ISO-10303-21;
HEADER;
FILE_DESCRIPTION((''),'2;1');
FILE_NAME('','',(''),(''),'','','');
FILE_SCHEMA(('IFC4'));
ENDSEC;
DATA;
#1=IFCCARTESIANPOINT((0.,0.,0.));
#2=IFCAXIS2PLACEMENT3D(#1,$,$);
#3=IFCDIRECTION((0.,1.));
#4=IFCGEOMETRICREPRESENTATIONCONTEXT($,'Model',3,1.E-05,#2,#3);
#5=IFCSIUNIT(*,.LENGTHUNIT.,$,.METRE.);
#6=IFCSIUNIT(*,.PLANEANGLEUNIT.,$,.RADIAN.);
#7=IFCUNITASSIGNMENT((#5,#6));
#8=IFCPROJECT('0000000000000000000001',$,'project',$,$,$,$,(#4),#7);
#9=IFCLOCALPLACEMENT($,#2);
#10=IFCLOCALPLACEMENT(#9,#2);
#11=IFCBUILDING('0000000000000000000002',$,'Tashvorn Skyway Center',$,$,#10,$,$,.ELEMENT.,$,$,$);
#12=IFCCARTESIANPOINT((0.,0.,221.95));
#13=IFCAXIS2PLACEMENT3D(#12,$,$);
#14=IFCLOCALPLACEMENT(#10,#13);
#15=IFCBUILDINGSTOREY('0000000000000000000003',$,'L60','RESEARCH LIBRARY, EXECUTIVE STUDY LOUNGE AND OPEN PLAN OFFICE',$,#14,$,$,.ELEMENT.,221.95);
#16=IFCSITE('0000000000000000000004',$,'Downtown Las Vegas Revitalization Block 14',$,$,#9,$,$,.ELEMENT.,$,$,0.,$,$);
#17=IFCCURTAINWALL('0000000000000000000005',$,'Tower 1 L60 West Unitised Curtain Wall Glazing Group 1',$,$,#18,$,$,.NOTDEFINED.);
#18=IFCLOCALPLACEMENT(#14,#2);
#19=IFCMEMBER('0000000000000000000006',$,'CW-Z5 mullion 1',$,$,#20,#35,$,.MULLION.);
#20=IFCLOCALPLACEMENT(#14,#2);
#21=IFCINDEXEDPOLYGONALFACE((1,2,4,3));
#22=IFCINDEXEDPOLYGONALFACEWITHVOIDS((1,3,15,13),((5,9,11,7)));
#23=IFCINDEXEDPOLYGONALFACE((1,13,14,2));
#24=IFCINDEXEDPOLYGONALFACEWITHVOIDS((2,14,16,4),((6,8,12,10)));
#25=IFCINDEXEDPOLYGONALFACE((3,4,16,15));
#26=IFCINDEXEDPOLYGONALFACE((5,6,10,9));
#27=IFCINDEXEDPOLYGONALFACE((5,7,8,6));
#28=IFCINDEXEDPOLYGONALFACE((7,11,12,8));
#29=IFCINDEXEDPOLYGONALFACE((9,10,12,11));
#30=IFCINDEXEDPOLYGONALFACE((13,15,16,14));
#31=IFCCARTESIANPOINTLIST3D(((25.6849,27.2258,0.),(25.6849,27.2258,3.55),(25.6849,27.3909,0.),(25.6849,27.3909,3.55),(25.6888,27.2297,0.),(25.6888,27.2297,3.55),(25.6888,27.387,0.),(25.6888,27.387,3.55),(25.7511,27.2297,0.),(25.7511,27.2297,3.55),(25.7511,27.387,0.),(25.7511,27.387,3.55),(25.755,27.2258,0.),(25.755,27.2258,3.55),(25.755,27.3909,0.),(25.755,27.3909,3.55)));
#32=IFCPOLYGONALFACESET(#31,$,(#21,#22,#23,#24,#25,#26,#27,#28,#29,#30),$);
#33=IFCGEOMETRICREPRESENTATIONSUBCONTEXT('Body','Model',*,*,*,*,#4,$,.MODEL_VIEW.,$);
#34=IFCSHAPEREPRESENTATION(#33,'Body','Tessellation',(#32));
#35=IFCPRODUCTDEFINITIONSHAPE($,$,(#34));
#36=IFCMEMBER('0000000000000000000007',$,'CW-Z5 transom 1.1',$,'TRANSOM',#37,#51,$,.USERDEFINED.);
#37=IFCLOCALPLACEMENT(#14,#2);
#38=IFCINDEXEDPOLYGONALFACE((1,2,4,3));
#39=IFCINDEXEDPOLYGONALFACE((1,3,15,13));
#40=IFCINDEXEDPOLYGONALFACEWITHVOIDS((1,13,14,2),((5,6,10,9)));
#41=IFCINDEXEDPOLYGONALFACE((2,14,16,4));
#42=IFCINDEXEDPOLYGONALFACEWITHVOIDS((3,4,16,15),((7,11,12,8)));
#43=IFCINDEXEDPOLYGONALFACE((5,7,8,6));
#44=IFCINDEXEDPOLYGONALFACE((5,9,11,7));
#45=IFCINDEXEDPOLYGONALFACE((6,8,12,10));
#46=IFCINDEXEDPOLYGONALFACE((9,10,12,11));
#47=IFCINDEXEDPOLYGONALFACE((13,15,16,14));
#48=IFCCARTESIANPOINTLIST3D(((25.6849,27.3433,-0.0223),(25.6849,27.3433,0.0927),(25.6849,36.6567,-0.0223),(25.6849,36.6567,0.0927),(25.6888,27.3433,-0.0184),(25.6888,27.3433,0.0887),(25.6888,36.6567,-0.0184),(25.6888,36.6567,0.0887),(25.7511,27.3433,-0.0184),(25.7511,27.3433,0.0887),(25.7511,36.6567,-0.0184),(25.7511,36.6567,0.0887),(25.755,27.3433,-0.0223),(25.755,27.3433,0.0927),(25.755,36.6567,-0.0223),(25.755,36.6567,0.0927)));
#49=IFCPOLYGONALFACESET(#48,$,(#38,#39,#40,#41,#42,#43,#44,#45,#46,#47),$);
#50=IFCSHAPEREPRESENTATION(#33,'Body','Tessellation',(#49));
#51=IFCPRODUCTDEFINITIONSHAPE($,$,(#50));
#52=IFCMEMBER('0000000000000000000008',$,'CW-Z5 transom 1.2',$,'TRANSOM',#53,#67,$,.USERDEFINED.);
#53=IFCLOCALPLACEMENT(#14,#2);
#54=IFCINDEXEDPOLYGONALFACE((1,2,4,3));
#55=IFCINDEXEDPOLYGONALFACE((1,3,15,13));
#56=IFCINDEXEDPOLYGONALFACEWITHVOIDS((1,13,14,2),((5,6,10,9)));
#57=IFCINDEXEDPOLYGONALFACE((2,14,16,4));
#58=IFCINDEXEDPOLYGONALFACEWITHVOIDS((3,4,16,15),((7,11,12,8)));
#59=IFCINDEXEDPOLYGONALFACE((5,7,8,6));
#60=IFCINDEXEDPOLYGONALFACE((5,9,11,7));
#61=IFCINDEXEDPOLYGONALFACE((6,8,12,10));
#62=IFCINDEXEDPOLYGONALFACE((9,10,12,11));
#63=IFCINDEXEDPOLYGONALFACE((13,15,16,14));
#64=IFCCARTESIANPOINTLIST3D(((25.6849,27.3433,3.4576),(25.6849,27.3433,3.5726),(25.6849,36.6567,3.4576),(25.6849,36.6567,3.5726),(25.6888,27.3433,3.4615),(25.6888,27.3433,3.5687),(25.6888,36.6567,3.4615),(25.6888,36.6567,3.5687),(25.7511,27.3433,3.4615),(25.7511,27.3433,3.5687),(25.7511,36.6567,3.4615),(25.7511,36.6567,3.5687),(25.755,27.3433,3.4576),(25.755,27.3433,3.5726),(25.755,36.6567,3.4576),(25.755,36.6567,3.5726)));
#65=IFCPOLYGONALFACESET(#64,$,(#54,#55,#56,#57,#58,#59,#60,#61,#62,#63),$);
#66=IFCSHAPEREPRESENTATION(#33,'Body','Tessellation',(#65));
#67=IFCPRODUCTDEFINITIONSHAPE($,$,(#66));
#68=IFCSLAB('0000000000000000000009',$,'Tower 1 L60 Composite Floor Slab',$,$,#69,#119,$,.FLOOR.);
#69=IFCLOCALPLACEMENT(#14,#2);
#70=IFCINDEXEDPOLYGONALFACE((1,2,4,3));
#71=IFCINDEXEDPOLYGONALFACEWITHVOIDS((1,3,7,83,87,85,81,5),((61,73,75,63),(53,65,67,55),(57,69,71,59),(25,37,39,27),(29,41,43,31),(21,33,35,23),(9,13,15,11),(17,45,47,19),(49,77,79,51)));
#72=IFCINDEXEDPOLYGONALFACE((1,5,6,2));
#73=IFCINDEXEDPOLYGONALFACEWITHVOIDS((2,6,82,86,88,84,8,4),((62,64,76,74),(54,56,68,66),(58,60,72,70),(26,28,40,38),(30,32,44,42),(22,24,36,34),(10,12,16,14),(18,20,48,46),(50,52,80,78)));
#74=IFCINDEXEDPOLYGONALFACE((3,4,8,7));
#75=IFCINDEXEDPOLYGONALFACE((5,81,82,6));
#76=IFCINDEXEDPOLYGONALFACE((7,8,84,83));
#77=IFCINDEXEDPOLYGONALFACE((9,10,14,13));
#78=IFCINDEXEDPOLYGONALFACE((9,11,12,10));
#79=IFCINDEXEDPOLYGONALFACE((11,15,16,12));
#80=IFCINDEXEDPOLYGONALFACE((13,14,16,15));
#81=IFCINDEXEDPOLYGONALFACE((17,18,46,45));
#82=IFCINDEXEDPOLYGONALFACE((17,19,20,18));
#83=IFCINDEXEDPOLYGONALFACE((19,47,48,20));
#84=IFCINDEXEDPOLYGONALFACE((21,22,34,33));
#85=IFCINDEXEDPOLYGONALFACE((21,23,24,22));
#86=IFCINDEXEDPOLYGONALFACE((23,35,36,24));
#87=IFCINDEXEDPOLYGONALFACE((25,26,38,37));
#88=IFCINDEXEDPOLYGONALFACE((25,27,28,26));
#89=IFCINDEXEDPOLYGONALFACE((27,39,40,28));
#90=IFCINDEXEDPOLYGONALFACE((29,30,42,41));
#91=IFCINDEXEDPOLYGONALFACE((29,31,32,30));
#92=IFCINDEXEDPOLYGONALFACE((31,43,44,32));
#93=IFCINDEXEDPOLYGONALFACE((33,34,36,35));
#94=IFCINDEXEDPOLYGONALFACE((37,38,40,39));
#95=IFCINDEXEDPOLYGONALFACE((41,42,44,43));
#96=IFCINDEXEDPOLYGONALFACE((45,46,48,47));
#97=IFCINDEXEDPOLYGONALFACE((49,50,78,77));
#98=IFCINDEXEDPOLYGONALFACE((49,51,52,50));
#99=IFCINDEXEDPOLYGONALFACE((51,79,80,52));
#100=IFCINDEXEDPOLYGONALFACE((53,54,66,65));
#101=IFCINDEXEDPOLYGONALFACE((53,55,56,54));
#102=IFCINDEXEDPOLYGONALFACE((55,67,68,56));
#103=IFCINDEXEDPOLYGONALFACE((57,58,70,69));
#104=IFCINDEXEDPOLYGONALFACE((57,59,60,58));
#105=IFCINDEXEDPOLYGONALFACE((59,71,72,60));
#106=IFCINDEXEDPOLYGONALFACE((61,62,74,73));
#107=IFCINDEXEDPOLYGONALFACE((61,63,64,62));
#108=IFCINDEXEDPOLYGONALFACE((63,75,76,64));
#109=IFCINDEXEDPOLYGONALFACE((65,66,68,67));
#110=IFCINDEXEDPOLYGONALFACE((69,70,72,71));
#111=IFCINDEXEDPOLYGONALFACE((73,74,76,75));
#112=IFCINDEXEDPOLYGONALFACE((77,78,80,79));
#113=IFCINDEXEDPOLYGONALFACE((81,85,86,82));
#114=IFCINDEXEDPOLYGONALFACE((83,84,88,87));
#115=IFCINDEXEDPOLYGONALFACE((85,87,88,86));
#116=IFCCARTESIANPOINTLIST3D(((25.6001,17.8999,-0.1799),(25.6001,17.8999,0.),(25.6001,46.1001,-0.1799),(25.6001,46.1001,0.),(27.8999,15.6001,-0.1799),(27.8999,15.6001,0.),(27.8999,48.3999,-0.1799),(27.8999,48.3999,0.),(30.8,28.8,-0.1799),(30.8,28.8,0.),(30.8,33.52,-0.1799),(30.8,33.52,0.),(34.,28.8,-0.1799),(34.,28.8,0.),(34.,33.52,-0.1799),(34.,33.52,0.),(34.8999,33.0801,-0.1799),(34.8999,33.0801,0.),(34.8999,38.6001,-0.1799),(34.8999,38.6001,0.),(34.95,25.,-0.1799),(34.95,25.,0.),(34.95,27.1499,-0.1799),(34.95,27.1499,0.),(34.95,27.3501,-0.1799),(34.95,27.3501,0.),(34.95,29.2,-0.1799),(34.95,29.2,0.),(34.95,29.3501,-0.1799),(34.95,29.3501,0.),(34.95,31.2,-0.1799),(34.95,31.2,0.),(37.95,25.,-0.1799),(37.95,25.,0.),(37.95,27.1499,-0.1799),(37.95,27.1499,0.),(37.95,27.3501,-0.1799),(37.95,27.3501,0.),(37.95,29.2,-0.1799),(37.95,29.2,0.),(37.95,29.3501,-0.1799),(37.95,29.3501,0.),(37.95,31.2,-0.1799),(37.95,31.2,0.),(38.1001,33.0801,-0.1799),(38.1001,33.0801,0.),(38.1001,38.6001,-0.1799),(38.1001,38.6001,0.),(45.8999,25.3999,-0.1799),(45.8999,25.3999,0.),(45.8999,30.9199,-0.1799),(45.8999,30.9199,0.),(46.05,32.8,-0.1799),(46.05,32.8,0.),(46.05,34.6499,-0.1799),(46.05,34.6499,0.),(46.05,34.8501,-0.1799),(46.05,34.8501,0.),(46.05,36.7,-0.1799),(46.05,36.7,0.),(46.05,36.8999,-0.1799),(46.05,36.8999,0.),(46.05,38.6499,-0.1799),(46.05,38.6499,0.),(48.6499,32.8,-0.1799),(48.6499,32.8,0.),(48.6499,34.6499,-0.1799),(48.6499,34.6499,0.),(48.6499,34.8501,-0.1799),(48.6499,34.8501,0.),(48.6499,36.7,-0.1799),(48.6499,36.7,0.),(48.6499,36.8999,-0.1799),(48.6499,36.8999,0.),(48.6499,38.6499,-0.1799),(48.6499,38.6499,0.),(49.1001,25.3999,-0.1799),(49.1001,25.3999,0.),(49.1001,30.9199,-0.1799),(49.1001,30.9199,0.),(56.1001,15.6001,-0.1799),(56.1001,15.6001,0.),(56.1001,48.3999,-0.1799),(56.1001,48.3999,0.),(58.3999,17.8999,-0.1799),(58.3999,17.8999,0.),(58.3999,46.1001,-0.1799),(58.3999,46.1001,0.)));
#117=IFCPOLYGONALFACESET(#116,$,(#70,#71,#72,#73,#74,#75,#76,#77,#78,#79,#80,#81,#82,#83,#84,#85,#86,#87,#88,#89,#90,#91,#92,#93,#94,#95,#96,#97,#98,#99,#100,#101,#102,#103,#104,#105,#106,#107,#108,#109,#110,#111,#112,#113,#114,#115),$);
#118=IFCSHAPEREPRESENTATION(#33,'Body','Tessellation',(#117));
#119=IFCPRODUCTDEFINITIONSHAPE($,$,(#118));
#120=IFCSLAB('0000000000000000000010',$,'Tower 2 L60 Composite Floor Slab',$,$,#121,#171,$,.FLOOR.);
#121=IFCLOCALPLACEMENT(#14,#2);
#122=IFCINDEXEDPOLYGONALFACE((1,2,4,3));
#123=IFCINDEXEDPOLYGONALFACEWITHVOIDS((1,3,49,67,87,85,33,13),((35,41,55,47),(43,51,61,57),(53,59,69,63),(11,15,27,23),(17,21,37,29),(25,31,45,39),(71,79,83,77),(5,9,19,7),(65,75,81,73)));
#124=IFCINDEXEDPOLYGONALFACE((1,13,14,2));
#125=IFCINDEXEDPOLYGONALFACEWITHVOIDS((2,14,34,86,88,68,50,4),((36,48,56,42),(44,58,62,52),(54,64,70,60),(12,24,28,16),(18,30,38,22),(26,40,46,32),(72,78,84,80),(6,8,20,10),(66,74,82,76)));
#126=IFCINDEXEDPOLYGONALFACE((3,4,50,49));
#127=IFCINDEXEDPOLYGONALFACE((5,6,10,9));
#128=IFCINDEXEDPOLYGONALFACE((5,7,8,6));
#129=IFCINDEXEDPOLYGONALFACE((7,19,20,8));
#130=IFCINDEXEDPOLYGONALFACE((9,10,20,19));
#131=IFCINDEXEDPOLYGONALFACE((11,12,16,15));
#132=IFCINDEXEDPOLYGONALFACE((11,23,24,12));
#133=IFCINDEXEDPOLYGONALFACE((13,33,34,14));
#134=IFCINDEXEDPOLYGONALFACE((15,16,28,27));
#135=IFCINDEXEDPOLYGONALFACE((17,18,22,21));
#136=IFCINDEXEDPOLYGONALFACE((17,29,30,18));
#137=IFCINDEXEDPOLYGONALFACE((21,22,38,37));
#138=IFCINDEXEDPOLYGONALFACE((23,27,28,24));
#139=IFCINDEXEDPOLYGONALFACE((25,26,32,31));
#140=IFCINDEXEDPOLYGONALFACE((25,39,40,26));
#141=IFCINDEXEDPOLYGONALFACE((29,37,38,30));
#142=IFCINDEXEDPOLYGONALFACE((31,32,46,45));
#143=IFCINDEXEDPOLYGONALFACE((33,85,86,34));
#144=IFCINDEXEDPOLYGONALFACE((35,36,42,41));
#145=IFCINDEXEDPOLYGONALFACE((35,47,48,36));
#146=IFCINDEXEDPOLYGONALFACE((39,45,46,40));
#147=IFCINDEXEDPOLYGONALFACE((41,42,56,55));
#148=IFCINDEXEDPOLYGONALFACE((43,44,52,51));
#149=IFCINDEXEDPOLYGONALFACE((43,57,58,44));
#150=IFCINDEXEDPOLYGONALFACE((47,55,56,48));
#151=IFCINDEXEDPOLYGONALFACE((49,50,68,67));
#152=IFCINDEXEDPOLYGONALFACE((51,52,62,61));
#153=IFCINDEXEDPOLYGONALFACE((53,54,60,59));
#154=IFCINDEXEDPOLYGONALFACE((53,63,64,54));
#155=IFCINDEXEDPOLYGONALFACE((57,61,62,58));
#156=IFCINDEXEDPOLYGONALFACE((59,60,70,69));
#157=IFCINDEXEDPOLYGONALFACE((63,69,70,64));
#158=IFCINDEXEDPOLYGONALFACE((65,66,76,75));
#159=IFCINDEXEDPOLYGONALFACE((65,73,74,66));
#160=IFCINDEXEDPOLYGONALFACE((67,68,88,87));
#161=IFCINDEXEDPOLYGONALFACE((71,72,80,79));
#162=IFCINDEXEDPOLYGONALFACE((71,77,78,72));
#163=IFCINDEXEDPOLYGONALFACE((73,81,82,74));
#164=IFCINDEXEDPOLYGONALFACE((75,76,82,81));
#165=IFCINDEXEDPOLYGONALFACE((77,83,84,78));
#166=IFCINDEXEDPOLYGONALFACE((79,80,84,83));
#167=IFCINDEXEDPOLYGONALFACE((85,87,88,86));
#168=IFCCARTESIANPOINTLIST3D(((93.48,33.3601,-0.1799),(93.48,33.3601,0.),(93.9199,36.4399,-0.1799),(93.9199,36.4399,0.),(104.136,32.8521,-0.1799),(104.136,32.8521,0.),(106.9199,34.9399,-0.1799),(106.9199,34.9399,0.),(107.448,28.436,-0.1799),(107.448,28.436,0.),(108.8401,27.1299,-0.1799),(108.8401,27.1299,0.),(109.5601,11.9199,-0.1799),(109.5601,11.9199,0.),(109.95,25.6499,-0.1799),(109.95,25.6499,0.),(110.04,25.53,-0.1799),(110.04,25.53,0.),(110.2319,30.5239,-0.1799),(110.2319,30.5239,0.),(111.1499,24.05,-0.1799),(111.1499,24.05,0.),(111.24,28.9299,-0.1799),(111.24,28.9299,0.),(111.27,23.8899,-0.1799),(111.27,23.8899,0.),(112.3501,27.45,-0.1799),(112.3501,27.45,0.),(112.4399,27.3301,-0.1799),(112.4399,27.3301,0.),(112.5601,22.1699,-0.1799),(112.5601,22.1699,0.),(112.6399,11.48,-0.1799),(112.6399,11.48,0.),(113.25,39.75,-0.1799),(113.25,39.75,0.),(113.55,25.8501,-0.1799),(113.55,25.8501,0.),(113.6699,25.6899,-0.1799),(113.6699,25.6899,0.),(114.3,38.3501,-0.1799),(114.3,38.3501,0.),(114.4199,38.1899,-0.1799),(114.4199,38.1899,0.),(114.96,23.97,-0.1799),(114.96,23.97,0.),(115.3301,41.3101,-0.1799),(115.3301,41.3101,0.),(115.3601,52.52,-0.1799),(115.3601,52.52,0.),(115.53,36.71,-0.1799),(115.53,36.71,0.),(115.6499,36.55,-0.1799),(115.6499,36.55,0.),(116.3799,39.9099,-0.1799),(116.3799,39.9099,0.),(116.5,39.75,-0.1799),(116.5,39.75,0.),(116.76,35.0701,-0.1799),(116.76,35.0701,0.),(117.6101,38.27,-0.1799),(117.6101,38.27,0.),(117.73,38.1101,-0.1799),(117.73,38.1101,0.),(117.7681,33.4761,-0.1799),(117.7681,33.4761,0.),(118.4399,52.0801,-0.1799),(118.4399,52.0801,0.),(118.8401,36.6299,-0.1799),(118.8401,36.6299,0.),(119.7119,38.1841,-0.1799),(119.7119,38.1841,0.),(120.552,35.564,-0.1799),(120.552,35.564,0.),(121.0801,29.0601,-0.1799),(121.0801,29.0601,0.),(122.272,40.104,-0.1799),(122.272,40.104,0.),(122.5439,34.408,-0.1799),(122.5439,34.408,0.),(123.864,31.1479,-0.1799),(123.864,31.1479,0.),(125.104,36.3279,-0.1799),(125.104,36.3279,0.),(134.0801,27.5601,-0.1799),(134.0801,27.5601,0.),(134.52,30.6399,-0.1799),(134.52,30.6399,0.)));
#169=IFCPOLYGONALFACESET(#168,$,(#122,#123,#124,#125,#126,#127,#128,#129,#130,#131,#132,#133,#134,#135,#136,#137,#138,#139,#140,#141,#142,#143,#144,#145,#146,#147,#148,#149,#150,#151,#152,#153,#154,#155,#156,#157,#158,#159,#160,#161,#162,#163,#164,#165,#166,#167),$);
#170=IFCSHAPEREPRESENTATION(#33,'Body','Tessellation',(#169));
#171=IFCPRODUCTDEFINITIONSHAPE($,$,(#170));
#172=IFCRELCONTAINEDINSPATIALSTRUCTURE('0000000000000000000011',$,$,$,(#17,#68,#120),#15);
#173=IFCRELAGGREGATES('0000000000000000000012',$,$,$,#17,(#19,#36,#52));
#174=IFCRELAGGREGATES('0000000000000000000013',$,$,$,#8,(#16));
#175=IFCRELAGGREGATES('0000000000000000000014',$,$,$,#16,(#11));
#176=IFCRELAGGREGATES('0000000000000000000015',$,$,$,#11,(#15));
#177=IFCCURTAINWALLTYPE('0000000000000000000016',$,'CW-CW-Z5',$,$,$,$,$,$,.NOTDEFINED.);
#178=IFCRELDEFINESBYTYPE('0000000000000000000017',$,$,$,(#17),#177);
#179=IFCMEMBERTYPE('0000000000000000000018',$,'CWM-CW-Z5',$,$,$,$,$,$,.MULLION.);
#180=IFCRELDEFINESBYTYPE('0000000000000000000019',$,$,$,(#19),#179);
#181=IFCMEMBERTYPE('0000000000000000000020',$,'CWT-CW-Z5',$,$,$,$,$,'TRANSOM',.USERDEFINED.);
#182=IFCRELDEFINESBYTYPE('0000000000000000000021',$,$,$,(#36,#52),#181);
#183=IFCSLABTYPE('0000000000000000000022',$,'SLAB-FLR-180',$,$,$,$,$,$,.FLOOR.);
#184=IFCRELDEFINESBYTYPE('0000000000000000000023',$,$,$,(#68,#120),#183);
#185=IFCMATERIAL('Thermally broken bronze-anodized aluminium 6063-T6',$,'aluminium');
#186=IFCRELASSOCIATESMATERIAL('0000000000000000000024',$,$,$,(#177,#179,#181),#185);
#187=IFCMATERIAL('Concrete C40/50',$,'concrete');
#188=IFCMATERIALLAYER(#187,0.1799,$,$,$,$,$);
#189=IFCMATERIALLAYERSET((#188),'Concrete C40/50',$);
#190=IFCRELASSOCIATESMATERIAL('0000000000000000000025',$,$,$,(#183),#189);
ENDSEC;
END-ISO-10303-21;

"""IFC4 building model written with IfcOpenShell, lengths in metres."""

from ifc_helpers import new_model, si_unit, direction, frame, origin, origin_2d, place, context, subcontext, project, spatial, polyline, hollow_rectangle, outline, extrude, material, layer, layer_set, material_profile, profile_set, type_object, element, aggregate, save


model = new_model("IFC4")

# Units and contexts
model_context = context("Model", 3, precision=1e-05, world=origin(), true_north=direction((0.0, 1.0)))
body_context = subcontext(model_context, "Body", "Model", "MODEL_VIEW")
ifc_project = project(units=[si_unit("LENGTHUNIT", "METRE"), si_unit("PLANEANGLEUNIT", "RADIAN")], contexts=[model_context])

# Site, building, storey
site_placement = place(None, origin())
site = spatial("IfcSite", under=ifc_project, at=site_placement, Name="Downtown Las Vegas Revitalization Block 14", CompositionType="ELEMENT", RefElevation=0.0)
building_placement = place(site_placement, origin())
building = spatial("IfcBuilding", under=site, at=building_placement, Name="Tashvorn Skyway Center", CompositionType="ELEMENT")
storey_placement = place(building_placement, frame((0.0, 0.0, 221.95)))
storey = spatial("IfcBuildingStorey", under=building, at=storey_placement, Name="L60", Description="RESEARCH LIBRARY, EXECUTIVE STUDY LOUNGE AND OPEN PLAN OFFICE", CompositionType="ELEMENT", Elevation=221.95)

# Curtain wall, members
ifc_material_1 = material(Name="Thermally broken bronze-anodized aluminium 6063-T6", Category="aluminium")
curtain_wall_type = type_object("IfcCurtainWallType", Name="CW-CW-Z5", PredefinedType="NOTDEFINED", material=ifc_material_1)
curtain_wall_placement = place(storey_placement, origin())
curtain_wall = element("IfcCurtainWall", 1, at=curtain_wall_placement, inside=storey, type_object=curtain_wall_type, Name="Tower 1 L60 West Unitised Curtain Wall Glazing Group 1", PredefinedType="NOTDEFINED")
ifc_material_profile_1 = material_profile(ifc_material_1, hollow_rectangle(XDim=0.0701, YDim=0.165, WallThickness=0.0039, at=origin_2d()), Name="ALU-MULL-70x165")
ifc_profile_set_1 = profile_set([ifc_material_profile_1], Name="Thermally broken bronze-anodized aluminium 6063-T6")
member_type_1 = type_object("IfcMemberType", Name="CWM-CW-Z5", PredefinedType="MULLION", material=ifc_profile_set_1)
member_1_placement = place(storey_placement, frame((25.72, 27.3083, 0.0), z_axis=(0.0, 0.0, 1.0), x_axis=(-1.0, 0.0, 0.0)))
member_1 = element("IfcMember", 2, at=member_1_placement, type_object=member_type_1, Name="CW-Z5 mullion 1", PredefinedType="MULLION", context=body_context, shape_type="SweptSolid", body=[
    extrude(hollow_rectangle(XDim=0.0701, YDim=0.165, WallThickness=0.0039, at=origin_2d()), origin(), (0.0, 0.0, 1.0), 3.55),
])
ifc_material_profile_2 = material_profile(ifc_material_1, hollow_rectangle(XDim=0.0701, YDim=0.115, WallThickness=0.0039, at=origin_2d()), Name="ALU-TRAN-70x115")
ifc_profile_set_2 = profile_set([ifc_material_profile_2], Name="Thermally broken bronze-anodized aluminium 6063-T6")
member_type_2 = type_object("IfcMemberType", Name="CWT-CW-Z5", ElementType="TRANSOM", PredefinedType="USERDEFINED", material=ifc_profile_set_2)
member_2_placement = place(storey_placement, frame((25.72, 27.3433, 0.0352), z_axis=(0.0, 1.0, 0.0), x_axis=(-1.0, 0.0, 0.0)))
member_2 = element("IfcMember", 3, at=member_2_placement, type_object=member_type_2, Name="CW-Z5 transom 1.1", ObjectType="TRANSOM", PredefinedType="USERDEFINED", context=body_context, shape_type="SweptSolid", body=[
    extrude(hollow_rectangle(XDim=0.0701, YDim=0.115, WallThickness=0.0039, at=origin_2d()), origin(), (0.0, 0.0, 1.0), 9.3135),
])
member_3_placement = place(storey_placement, frame((25.72, 27.3433, 3.5151), z_axis=(0.0, 1.0, 0.0), x_axis=(-1.0, 0.0, 0.0)))
member_3 = element("IfcMember", 4, at=member_3_placement, type_object=member_type_2, Name="CW-Z5 transom 1.2", ObjectType="TRANSOM", PredefinedType="USERDEFINED", context=body_context, shape_type="SweptSolid", body=[
    extrude(hollow_rectangle(XDim=0.0701, YDim=0.115, WallThickness=0.0039, at=origin_2d()), origin(), (0.0, 0.0, 1.0), 9.3135),
])
aggregate(curtain_wall, [member_1, member_2, member_3])

# Slabs
ifc_material_2 = material(Name="Concrete C40/50", Category="concrete")
ifc_layer_1 = layer(ifc_material_2, 0.1799)
ifc_layer_set_1 = layer_set([ifc_layer_1], Name="Concrete C40/50")
slab_type_1 = type_object("IfcSlabType", Name="SLAB-FLR-180", PredefinedType="FLOOR", material=ifc_layer_set_1)
slab_1_placement = place(storey_placement, frame((0.0, 0.0, -0.1799)))
element("IfcSlab", 5, at=slab_1_placement, inside=storey, type_object=slab_type_1, Name="Tower 1 L60 Composite Floor Slab", PredefinedType="FLOOR", context=body_context, shape_type="SweptSolid", body=[
    extrude(outline(polyline([(27.8999, 15.6001), (56.1001, 15.6001), (58.3999, 17.8999), (58.3999, 46.1001), (56.1001, 48.3999), (27.8999, 48.3999), (25.6001, 46.1001), (25.6001, 17.8999), (27.8999, 15.6001)]), holes=[polyline([(38.1001, 33.0801), (38.1001, 38.6001), (34.8999, 38.6001), (34.8999, 33.0801), (38.1001, 33.0801)]), polyline([(45.8999, 30.9199), (45.8999, 25.3999), (49.1001, 25.3999), (49.1001, 30.9199), (45.8999, 30.9199)]), polyline([(30.8, 33.52), (30.8, 28.8), (34.0, 28.8), (34.0, 33.52), (30.8, 33.52)]), polyline([(34.95, 29.3501), (37.95, 29.3501), (37.95, 31.2), (34.95, 31.2), (34.95, 29.3501)]), polyline([(34.95, 27.3501), (37.95, 27.3501), (37.95, 29.2), (34.95, 29.2), (34.95, 27.3501)]), polyline([(34.95, 25.0), (37.95, 25.0), (37.95, 27.1499), (34.95, 27.1499), (34.95, 25.0)]), polyline([(46.05, 32.8), (48.6499, 32.8), (48.6499, 34.6499), (46.05, 34.6499), (46.05, 32.8)]), polyline([(46.05, 34.8501), (48.6499, 34.8501), (48.6499, 36.7), (46.05, 36.7), (46.05, 34.8501)]), polyline([(46.05, 36.8999), (48.6499, 36.8999), (48.6499, 38.6499), (46.05, 38.6499), (46.05, 36.8999)])]), origin(), (0.0, 0.0, 1.0), 0.1799),
])
slab_2_placement = place(storey_placement, frame((0.0, 0.0, -0.1799)))
element("IfcSlab", 6, at=slab_2_placement, inside=storey, type_object=slab_type_1, Name="Tower 2 L60 Composite Floor Slab", PredefinedType="FLOOR", context=body_context, shape_type="SweptSolid", body=[
    extrude(outline(polyline([(112.6399, 11.48), (134.0801, 27.5601), (134.52, 30.6399), (118.4399, 52.0801), (115.3601, 52.52), (93.9199, 36.4399), (93.48, 33.3601), (109.5601, 11.9199), (112.6399, 11.48)]), holes=[polyline([(110.2319, 30.5239), (106.9199, 34.9399), (104.136, 32.8521), (107.448, 28.436), (110.2319, 30.5239)]), polyline([(117.7681, 33.4761), (121.0801, 29.0601), (123.864, 31.1479), (120.552, 35.564), (117.7681, 33.4761)]), polyline([(119.7119, 38.1841), (122.5439, 34.408), (125.104, 36.3279), (122.272, 40.104), (119.7119, 38.1841)]), polyline([(109.95, 25.6499), (112.3501, 27.45), (111.24, 28.9299), (108.8401, 27.1299), (109.95, 25.6499)]), polyline([(111.1499, 24.05), (113.55, 25.8501), (112.4399, 27.3301), (110.04, 25.53), (111.1499, 24.05)]), polyline([(112.5601, 22.1699), (114.96, 23.97), (113.6699, 25.6899), (111.27, 23.8899), (112.5601, 22.1699)]), polyline([(116.76, 35.0701), (118.8401, 36.6299), (117.73, 38.1101), (115.6499, 36.55), (116.76, 35.0701)]), polyline([(115.53, 36.71), (117.6101, 38.27), (116.5, 39.75), (114.4199, 38.1899), (115.53, 36.71)]), polyline([(114.3, 38.3501), (116.3799, 39.9099), (115.3301, 41.3101), (113.25, 39.75), (114.3, 38.3501)])]), origin(), (0.0, 0.0, 1.0), 0.1799),
])

save(model, "model.ifc")
